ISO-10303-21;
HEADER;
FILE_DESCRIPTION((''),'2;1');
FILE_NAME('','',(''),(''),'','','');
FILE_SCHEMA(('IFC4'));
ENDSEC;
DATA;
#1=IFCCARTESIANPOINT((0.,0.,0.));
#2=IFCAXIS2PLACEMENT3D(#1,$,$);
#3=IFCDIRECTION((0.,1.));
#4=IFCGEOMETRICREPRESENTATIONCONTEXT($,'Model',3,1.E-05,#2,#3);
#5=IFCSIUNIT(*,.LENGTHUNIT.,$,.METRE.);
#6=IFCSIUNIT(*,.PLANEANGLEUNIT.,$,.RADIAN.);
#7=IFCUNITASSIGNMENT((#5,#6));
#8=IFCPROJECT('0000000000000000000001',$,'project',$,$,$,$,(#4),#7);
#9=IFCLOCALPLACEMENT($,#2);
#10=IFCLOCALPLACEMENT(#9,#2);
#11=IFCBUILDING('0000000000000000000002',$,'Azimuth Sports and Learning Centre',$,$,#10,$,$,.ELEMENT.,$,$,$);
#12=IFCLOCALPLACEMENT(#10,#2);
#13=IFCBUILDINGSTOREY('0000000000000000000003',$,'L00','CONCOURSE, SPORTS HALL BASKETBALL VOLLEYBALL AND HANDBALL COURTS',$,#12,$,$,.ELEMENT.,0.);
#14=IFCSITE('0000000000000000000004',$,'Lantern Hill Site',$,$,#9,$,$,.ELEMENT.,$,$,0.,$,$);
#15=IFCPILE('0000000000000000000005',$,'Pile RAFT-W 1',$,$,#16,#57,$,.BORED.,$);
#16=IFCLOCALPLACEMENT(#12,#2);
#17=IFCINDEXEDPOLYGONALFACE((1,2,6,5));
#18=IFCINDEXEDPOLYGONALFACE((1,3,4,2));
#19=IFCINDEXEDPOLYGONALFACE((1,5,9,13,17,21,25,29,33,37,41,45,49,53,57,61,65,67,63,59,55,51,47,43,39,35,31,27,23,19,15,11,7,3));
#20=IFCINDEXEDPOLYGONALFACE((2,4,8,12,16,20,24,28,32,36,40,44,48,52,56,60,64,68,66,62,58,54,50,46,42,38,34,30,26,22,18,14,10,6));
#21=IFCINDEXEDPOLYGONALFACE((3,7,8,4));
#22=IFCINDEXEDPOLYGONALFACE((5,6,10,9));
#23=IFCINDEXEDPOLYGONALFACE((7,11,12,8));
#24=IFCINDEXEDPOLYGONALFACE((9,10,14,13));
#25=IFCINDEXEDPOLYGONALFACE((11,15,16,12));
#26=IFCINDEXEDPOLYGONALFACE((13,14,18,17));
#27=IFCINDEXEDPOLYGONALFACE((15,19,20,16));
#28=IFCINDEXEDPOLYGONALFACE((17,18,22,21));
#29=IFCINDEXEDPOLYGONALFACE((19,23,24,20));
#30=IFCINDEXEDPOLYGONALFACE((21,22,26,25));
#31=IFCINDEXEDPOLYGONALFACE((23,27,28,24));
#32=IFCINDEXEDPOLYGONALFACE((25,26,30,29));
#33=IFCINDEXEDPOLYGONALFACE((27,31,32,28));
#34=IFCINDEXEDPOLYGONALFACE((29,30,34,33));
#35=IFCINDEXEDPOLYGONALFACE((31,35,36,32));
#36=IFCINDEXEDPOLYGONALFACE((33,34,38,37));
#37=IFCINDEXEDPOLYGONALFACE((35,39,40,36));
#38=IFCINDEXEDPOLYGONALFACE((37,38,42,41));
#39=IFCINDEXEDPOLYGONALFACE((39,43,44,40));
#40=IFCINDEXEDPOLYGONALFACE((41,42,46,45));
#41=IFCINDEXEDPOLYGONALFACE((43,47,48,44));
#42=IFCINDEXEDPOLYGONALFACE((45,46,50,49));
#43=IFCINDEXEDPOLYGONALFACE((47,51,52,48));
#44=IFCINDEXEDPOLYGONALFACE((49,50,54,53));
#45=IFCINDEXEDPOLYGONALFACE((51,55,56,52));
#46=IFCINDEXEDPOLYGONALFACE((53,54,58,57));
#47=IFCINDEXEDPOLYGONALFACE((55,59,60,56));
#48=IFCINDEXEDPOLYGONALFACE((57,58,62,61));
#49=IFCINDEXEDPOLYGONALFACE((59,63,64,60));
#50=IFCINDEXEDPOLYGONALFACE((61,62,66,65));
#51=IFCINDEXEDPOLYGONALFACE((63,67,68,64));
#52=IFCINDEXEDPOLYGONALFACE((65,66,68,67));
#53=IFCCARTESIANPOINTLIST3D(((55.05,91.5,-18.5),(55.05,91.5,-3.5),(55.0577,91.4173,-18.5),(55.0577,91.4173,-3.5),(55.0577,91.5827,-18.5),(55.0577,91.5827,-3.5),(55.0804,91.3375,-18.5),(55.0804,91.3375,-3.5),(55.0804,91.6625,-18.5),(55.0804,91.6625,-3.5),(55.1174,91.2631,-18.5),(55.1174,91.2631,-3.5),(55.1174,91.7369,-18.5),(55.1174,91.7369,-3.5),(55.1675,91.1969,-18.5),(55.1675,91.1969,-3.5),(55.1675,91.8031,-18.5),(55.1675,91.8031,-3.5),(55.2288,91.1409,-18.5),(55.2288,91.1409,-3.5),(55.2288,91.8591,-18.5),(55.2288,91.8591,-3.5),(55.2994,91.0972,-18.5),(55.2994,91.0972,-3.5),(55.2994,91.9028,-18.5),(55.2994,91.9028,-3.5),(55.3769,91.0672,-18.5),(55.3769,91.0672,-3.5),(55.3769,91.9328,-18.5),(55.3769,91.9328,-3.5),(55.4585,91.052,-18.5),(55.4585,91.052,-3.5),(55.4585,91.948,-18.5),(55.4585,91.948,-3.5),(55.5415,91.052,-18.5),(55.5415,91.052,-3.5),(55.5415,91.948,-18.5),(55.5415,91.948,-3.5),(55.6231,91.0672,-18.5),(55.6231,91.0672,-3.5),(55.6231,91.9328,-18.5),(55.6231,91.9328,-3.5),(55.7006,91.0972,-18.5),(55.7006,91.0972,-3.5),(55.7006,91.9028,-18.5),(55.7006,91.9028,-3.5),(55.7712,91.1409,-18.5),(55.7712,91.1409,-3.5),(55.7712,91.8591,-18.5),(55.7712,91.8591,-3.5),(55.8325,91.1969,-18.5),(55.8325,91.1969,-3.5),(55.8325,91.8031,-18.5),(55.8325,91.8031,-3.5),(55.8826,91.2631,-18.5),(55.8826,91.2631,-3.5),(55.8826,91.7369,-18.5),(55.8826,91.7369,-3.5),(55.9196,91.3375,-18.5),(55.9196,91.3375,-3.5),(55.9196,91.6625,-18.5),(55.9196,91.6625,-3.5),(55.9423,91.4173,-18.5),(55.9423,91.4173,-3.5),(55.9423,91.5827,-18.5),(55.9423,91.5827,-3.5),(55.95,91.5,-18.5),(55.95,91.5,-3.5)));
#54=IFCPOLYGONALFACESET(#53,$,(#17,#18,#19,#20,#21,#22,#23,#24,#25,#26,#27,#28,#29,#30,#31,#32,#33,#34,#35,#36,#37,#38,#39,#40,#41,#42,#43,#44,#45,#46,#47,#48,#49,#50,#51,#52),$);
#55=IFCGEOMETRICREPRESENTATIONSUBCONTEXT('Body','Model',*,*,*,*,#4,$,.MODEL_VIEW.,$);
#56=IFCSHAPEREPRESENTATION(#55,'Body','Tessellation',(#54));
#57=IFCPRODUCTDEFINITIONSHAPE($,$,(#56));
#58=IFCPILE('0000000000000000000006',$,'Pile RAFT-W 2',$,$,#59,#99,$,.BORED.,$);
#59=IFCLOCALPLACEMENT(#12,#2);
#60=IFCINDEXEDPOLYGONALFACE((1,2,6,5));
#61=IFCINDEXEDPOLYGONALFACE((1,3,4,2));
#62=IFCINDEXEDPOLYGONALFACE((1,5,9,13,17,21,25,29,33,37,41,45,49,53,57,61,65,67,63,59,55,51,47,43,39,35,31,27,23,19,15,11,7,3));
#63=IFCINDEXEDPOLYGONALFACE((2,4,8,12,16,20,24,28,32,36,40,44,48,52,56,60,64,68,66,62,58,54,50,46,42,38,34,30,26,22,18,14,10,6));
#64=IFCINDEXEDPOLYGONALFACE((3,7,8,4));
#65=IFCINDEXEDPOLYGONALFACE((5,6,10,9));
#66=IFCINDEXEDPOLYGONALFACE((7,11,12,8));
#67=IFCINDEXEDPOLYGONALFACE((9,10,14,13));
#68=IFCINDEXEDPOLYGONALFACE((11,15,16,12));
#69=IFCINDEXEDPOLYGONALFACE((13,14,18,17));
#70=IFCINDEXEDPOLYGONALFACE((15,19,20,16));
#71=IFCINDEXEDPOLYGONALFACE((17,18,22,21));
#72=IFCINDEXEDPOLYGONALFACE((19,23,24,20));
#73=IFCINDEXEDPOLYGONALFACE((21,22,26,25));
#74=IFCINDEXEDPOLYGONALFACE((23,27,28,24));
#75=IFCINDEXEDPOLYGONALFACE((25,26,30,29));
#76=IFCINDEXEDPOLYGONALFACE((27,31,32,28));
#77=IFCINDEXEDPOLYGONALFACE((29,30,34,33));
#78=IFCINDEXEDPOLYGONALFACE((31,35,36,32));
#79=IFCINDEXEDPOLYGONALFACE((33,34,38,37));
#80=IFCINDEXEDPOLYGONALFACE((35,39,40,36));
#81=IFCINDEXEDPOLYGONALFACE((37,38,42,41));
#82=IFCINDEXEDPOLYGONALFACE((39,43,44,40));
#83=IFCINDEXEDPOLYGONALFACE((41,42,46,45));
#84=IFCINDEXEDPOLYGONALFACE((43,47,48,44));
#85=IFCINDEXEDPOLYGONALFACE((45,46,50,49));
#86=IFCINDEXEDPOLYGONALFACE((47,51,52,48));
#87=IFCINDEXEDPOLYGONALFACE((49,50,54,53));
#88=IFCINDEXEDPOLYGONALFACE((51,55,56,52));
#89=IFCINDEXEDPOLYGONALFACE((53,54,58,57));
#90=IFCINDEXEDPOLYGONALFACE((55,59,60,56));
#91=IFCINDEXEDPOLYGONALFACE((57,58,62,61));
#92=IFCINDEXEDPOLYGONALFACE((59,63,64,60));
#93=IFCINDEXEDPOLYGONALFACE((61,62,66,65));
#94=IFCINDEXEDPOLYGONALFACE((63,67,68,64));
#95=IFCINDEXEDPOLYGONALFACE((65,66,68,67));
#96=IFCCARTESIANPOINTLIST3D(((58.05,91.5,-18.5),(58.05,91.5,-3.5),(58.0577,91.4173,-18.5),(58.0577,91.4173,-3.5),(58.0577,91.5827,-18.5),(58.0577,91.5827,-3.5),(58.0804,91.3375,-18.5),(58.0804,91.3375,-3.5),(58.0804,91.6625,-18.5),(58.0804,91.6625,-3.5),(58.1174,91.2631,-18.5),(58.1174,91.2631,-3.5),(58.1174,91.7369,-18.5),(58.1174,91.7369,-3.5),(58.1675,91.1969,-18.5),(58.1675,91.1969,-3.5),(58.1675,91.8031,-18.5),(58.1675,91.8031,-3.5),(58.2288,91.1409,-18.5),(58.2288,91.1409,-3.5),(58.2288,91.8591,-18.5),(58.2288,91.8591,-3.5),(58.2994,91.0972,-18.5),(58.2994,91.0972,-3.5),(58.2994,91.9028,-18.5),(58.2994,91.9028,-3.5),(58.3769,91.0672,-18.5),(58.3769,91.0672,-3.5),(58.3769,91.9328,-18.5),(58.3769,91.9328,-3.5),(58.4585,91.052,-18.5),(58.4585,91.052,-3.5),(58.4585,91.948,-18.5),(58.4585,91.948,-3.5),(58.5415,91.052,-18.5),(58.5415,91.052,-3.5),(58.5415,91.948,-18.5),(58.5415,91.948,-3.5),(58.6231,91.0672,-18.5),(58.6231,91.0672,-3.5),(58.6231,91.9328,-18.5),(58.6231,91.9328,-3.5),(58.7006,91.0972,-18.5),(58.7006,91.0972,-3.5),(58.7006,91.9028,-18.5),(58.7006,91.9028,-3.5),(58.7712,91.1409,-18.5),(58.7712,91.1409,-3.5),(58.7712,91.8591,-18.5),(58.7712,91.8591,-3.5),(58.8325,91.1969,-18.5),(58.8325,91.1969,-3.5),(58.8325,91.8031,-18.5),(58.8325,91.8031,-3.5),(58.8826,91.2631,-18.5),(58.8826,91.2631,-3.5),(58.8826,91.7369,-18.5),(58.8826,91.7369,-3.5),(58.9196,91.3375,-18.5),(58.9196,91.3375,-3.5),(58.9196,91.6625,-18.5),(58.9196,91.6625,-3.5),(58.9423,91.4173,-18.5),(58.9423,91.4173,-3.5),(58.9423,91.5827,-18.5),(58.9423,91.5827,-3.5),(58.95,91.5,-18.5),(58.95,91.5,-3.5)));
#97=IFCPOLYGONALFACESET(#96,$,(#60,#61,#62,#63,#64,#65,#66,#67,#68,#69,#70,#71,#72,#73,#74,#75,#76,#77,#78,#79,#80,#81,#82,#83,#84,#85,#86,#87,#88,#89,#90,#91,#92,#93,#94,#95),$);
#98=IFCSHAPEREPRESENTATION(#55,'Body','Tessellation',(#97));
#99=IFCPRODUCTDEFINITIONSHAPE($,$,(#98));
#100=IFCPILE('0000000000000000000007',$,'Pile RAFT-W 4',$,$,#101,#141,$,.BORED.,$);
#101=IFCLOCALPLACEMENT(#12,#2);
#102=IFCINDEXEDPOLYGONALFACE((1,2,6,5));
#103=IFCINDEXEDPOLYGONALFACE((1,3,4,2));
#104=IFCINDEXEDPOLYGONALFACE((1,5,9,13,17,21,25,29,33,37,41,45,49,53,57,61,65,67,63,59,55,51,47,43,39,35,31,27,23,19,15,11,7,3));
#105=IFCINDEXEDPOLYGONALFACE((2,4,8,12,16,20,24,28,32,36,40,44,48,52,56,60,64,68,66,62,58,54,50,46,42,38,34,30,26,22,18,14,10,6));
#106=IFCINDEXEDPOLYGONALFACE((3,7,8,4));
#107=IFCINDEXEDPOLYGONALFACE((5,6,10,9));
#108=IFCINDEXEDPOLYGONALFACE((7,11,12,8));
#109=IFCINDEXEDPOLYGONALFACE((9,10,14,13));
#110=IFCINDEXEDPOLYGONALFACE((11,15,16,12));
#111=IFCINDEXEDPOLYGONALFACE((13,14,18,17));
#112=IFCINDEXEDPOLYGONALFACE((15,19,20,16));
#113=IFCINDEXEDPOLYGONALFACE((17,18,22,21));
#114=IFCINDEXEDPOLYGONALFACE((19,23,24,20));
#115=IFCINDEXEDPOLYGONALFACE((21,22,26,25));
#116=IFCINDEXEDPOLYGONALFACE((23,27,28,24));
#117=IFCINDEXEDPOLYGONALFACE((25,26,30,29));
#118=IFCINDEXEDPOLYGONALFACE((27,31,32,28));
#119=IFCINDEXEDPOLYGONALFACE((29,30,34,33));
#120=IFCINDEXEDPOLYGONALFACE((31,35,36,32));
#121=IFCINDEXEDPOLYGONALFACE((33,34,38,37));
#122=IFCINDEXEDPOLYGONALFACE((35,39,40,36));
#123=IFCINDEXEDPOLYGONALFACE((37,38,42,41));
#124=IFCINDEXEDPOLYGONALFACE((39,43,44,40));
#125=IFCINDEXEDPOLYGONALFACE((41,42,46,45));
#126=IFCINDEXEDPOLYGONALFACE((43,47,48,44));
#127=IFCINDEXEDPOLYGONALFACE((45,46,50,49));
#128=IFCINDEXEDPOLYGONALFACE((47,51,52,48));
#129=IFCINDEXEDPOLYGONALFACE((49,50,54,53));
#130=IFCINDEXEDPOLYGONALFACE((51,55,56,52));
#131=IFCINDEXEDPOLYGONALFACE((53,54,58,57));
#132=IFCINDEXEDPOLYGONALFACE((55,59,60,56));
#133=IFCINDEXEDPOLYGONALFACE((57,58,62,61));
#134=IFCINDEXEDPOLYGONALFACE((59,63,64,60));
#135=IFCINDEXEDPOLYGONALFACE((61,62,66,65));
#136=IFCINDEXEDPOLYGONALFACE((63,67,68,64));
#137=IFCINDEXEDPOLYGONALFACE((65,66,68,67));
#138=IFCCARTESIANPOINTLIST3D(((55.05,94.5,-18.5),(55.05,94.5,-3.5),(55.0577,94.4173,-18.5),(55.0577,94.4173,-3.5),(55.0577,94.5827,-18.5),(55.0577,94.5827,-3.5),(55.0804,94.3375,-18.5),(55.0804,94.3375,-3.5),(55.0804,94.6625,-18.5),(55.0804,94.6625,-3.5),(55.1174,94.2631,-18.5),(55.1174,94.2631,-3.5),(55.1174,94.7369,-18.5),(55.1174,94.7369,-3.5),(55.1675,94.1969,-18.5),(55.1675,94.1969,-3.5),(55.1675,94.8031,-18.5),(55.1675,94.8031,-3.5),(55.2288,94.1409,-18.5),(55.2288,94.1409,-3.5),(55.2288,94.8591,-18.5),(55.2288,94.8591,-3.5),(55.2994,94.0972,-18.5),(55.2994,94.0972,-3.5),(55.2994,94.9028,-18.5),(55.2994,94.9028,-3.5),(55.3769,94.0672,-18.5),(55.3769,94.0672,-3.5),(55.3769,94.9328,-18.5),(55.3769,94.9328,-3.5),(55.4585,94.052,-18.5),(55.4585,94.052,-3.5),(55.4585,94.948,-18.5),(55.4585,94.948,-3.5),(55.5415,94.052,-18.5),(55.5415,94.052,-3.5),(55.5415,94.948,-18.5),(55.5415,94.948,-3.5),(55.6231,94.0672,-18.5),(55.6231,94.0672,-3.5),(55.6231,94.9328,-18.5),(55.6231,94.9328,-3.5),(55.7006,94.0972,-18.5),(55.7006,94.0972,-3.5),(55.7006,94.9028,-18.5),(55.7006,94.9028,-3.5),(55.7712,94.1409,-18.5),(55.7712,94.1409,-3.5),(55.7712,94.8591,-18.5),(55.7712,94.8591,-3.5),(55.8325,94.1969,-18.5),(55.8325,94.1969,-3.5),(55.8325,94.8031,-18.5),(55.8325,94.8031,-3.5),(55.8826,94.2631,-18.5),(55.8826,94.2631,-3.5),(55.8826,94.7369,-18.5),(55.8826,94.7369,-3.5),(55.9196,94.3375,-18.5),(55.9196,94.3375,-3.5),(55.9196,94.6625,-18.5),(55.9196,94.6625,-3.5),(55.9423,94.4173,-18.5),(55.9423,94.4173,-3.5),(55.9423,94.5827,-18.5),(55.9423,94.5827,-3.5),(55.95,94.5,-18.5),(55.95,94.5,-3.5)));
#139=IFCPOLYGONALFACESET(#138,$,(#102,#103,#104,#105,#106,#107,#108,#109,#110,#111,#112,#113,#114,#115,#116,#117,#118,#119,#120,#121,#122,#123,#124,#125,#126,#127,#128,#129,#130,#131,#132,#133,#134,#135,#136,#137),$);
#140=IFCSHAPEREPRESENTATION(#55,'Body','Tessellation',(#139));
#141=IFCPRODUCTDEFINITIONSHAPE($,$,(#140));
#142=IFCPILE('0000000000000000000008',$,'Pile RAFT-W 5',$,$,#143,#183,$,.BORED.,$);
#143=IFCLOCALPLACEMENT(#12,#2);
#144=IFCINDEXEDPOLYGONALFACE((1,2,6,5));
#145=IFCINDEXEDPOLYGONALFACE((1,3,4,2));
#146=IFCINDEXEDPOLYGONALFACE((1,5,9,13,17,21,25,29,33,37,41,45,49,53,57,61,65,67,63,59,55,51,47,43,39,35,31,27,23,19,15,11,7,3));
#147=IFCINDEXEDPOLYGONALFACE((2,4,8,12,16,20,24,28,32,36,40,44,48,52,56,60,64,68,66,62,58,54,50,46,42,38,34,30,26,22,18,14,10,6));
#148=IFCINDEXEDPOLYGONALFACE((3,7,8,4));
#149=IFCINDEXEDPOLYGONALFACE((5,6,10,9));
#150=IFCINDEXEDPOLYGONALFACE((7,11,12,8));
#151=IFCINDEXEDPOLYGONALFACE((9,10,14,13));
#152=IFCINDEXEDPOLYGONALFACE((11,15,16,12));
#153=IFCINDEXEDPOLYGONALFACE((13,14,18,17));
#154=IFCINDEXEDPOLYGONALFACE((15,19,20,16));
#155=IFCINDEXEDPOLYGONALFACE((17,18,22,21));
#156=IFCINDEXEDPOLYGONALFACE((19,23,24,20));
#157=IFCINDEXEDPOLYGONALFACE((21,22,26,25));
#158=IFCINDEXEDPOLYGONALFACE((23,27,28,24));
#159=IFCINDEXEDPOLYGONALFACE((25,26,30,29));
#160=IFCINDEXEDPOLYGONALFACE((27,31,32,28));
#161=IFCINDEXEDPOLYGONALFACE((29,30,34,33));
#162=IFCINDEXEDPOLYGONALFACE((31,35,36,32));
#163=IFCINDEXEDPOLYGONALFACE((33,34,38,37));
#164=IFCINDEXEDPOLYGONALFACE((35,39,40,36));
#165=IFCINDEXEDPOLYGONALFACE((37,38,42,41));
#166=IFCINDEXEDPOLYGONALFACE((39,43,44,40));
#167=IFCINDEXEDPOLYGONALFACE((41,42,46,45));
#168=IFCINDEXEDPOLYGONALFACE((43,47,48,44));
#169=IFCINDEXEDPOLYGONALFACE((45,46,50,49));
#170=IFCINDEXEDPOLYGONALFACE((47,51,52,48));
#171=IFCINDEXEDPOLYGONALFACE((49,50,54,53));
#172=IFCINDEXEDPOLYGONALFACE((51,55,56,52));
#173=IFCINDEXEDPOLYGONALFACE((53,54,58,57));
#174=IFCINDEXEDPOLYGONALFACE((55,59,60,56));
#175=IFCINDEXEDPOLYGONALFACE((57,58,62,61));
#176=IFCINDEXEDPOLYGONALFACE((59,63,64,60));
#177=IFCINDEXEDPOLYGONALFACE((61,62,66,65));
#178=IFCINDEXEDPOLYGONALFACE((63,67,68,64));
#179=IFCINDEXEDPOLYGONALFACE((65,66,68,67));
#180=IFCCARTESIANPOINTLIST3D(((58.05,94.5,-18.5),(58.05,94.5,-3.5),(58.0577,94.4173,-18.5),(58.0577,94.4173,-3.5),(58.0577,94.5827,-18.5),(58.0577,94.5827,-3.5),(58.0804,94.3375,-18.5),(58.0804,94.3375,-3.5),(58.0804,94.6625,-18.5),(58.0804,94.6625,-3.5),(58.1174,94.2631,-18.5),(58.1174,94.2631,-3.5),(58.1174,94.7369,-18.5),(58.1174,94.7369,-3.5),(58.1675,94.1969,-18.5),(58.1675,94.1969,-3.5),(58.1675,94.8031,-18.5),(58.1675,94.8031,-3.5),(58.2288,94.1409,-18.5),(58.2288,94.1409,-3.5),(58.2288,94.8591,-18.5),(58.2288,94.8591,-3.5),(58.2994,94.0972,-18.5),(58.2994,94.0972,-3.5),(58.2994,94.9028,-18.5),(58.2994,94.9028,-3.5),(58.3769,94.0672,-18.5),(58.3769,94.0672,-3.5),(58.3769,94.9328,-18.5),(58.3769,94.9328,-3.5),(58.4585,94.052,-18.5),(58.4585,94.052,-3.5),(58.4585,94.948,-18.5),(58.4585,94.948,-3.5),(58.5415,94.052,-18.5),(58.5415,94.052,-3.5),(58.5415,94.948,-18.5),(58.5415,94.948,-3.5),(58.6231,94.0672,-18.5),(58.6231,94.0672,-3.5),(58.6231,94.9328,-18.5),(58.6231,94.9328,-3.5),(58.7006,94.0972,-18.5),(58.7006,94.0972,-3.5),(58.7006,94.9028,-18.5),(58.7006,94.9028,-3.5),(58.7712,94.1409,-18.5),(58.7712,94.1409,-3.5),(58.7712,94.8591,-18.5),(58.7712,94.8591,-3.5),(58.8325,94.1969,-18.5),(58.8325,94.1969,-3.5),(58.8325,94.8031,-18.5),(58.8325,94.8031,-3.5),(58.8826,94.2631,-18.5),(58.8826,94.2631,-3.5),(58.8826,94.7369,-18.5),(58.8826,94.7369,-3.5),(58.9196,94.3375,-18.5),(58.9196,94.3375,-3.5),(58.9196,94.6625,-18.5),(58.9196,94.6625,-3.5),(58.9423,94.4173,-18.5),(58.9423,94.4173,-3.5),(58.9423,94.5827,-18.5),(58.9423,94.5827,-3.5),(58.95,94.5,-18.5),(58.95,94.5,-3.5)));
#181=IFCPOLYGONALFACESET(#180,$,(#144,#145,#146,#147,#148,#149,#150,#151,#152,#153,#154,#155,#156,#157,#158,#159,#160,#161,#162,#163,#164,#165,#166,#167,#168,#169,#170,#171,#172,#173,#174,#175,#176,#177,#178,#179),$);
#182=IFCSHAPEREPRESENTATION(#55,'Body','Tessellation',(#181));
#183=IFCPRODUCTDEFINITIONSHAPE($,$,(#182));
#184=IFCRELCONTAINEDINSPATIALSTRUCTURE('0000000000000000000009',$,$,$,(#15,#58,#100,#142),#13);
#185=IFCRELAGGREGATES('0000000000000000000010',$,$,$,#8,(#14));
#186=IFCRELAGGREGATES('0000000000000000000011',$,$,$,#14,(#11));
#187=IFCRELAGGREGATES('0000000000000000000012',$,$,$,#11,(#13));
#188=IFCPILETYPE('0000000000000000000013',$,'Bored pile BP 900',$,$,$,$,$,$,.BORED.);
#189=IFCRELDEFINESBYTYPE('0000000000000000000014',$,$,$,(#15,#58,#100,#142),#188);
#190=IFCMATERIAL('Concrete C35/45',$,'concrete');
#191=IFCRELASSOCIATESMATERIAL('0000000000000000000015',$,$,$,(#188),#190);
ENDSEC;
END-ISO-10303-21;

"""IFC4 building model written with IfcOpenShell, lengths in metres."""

from ifc_helpers import new_model, si_unit, direction, frame, origin, origin_2d, place, context, subcontext, project, spatial, circle, extrude, material, material_profile, profile_set, type_object, element, save


model = new_model("IFC4")

# Units and contexts
model_context = context("Model", 3, precision=1e-05, world=origin(), true_north=direction((0.0, 1.0)))
body_context = subcontext(model_context, "Body", "Model", "MODEL_VIEW")
ifc_project = project(units=[si_unit("LENGTHUNIT", "METRE"), si_unit("PLANEANGLEUNIT", "RADIAN")], contexts=[model_context])

# Site, building, storey
site_placement = place(None, origin())
site = spatial("IfcSite", under=ifc_project, at=site_placement, Name="Lantern Hill Site", CompositionType="ELEMENT", RefElevation=0.0)
building_placement = place(site_placement, origin())
building = spatial("IfcBuilding", under=site, at=building_placement, Name="Azimuth Sports and Learning Centre", CompositionType="ELEMENT")
storey_placement = place(building_placement, origin())
storey = spatial("IfcBuildingStorey", under=building, at=storey_placement, Name="L00", Description="CONCOURSE, SPORTS HALL BASKETBALL VOLLEYBALL AND HANDBALL COURTS", CompositionType="ELEMENT", Elevation=0.0)

# Piles
ifc_material_1 = material(Name="Concrete C35/45", Category="concrete")
ifc_material_profile_1 = material_profile(ifc_material_1, circle(Radius=0.45, at=origin_2d()), Name="BP 900")
ifc_profile_set_1 = profile_set([ifc_material_profile_1], Name="Concrete C35/45")
pile_type = type_object("IfcPileType", Name="Bored pile BP 900", PredefinedType="BORED", material=ifc_profile_set_1)
for number, where, z_axis, x_axis, name in (
    (1, (55.5, 91.5, -3.5), (0.0, 0.0, -1.0), (1.0, 0.0, 0.0), "Pile RAFT-W 1"),
    (2, (58.5, 91.5, -3.5), (0.0, 0.0, -1.0), (1.0, 0.0, 0.0), "Pile RAFT-W 2"),
    (3, (55.5, 94.5, -3.5), (0.0, 0.0, -1.0), (1.0, 0.0, 0.0), "Pile RAFT-W 4"),
    (4, (58.5, 94.5, -3.5), (0.0, 0.0, -1.0), (1.0, 0.0, 0.0), "Pile RAFT-W 5"),
):
    element("IfcPile", number, at=place(storey_placement, frame(where, z_axis=z_axis, x_axis=x_axis)), inside=storey, type_object=pile_type, Name=name, PredefinedType="BORED", context=body_context, shape_type="SweptSolid", body=[
        extrude(circle(Radius=0.45, at=origin_2d()), origin(), (0.0, 0.0, 1.0), 15.0),
    ])

save(model, "model.ifc")
